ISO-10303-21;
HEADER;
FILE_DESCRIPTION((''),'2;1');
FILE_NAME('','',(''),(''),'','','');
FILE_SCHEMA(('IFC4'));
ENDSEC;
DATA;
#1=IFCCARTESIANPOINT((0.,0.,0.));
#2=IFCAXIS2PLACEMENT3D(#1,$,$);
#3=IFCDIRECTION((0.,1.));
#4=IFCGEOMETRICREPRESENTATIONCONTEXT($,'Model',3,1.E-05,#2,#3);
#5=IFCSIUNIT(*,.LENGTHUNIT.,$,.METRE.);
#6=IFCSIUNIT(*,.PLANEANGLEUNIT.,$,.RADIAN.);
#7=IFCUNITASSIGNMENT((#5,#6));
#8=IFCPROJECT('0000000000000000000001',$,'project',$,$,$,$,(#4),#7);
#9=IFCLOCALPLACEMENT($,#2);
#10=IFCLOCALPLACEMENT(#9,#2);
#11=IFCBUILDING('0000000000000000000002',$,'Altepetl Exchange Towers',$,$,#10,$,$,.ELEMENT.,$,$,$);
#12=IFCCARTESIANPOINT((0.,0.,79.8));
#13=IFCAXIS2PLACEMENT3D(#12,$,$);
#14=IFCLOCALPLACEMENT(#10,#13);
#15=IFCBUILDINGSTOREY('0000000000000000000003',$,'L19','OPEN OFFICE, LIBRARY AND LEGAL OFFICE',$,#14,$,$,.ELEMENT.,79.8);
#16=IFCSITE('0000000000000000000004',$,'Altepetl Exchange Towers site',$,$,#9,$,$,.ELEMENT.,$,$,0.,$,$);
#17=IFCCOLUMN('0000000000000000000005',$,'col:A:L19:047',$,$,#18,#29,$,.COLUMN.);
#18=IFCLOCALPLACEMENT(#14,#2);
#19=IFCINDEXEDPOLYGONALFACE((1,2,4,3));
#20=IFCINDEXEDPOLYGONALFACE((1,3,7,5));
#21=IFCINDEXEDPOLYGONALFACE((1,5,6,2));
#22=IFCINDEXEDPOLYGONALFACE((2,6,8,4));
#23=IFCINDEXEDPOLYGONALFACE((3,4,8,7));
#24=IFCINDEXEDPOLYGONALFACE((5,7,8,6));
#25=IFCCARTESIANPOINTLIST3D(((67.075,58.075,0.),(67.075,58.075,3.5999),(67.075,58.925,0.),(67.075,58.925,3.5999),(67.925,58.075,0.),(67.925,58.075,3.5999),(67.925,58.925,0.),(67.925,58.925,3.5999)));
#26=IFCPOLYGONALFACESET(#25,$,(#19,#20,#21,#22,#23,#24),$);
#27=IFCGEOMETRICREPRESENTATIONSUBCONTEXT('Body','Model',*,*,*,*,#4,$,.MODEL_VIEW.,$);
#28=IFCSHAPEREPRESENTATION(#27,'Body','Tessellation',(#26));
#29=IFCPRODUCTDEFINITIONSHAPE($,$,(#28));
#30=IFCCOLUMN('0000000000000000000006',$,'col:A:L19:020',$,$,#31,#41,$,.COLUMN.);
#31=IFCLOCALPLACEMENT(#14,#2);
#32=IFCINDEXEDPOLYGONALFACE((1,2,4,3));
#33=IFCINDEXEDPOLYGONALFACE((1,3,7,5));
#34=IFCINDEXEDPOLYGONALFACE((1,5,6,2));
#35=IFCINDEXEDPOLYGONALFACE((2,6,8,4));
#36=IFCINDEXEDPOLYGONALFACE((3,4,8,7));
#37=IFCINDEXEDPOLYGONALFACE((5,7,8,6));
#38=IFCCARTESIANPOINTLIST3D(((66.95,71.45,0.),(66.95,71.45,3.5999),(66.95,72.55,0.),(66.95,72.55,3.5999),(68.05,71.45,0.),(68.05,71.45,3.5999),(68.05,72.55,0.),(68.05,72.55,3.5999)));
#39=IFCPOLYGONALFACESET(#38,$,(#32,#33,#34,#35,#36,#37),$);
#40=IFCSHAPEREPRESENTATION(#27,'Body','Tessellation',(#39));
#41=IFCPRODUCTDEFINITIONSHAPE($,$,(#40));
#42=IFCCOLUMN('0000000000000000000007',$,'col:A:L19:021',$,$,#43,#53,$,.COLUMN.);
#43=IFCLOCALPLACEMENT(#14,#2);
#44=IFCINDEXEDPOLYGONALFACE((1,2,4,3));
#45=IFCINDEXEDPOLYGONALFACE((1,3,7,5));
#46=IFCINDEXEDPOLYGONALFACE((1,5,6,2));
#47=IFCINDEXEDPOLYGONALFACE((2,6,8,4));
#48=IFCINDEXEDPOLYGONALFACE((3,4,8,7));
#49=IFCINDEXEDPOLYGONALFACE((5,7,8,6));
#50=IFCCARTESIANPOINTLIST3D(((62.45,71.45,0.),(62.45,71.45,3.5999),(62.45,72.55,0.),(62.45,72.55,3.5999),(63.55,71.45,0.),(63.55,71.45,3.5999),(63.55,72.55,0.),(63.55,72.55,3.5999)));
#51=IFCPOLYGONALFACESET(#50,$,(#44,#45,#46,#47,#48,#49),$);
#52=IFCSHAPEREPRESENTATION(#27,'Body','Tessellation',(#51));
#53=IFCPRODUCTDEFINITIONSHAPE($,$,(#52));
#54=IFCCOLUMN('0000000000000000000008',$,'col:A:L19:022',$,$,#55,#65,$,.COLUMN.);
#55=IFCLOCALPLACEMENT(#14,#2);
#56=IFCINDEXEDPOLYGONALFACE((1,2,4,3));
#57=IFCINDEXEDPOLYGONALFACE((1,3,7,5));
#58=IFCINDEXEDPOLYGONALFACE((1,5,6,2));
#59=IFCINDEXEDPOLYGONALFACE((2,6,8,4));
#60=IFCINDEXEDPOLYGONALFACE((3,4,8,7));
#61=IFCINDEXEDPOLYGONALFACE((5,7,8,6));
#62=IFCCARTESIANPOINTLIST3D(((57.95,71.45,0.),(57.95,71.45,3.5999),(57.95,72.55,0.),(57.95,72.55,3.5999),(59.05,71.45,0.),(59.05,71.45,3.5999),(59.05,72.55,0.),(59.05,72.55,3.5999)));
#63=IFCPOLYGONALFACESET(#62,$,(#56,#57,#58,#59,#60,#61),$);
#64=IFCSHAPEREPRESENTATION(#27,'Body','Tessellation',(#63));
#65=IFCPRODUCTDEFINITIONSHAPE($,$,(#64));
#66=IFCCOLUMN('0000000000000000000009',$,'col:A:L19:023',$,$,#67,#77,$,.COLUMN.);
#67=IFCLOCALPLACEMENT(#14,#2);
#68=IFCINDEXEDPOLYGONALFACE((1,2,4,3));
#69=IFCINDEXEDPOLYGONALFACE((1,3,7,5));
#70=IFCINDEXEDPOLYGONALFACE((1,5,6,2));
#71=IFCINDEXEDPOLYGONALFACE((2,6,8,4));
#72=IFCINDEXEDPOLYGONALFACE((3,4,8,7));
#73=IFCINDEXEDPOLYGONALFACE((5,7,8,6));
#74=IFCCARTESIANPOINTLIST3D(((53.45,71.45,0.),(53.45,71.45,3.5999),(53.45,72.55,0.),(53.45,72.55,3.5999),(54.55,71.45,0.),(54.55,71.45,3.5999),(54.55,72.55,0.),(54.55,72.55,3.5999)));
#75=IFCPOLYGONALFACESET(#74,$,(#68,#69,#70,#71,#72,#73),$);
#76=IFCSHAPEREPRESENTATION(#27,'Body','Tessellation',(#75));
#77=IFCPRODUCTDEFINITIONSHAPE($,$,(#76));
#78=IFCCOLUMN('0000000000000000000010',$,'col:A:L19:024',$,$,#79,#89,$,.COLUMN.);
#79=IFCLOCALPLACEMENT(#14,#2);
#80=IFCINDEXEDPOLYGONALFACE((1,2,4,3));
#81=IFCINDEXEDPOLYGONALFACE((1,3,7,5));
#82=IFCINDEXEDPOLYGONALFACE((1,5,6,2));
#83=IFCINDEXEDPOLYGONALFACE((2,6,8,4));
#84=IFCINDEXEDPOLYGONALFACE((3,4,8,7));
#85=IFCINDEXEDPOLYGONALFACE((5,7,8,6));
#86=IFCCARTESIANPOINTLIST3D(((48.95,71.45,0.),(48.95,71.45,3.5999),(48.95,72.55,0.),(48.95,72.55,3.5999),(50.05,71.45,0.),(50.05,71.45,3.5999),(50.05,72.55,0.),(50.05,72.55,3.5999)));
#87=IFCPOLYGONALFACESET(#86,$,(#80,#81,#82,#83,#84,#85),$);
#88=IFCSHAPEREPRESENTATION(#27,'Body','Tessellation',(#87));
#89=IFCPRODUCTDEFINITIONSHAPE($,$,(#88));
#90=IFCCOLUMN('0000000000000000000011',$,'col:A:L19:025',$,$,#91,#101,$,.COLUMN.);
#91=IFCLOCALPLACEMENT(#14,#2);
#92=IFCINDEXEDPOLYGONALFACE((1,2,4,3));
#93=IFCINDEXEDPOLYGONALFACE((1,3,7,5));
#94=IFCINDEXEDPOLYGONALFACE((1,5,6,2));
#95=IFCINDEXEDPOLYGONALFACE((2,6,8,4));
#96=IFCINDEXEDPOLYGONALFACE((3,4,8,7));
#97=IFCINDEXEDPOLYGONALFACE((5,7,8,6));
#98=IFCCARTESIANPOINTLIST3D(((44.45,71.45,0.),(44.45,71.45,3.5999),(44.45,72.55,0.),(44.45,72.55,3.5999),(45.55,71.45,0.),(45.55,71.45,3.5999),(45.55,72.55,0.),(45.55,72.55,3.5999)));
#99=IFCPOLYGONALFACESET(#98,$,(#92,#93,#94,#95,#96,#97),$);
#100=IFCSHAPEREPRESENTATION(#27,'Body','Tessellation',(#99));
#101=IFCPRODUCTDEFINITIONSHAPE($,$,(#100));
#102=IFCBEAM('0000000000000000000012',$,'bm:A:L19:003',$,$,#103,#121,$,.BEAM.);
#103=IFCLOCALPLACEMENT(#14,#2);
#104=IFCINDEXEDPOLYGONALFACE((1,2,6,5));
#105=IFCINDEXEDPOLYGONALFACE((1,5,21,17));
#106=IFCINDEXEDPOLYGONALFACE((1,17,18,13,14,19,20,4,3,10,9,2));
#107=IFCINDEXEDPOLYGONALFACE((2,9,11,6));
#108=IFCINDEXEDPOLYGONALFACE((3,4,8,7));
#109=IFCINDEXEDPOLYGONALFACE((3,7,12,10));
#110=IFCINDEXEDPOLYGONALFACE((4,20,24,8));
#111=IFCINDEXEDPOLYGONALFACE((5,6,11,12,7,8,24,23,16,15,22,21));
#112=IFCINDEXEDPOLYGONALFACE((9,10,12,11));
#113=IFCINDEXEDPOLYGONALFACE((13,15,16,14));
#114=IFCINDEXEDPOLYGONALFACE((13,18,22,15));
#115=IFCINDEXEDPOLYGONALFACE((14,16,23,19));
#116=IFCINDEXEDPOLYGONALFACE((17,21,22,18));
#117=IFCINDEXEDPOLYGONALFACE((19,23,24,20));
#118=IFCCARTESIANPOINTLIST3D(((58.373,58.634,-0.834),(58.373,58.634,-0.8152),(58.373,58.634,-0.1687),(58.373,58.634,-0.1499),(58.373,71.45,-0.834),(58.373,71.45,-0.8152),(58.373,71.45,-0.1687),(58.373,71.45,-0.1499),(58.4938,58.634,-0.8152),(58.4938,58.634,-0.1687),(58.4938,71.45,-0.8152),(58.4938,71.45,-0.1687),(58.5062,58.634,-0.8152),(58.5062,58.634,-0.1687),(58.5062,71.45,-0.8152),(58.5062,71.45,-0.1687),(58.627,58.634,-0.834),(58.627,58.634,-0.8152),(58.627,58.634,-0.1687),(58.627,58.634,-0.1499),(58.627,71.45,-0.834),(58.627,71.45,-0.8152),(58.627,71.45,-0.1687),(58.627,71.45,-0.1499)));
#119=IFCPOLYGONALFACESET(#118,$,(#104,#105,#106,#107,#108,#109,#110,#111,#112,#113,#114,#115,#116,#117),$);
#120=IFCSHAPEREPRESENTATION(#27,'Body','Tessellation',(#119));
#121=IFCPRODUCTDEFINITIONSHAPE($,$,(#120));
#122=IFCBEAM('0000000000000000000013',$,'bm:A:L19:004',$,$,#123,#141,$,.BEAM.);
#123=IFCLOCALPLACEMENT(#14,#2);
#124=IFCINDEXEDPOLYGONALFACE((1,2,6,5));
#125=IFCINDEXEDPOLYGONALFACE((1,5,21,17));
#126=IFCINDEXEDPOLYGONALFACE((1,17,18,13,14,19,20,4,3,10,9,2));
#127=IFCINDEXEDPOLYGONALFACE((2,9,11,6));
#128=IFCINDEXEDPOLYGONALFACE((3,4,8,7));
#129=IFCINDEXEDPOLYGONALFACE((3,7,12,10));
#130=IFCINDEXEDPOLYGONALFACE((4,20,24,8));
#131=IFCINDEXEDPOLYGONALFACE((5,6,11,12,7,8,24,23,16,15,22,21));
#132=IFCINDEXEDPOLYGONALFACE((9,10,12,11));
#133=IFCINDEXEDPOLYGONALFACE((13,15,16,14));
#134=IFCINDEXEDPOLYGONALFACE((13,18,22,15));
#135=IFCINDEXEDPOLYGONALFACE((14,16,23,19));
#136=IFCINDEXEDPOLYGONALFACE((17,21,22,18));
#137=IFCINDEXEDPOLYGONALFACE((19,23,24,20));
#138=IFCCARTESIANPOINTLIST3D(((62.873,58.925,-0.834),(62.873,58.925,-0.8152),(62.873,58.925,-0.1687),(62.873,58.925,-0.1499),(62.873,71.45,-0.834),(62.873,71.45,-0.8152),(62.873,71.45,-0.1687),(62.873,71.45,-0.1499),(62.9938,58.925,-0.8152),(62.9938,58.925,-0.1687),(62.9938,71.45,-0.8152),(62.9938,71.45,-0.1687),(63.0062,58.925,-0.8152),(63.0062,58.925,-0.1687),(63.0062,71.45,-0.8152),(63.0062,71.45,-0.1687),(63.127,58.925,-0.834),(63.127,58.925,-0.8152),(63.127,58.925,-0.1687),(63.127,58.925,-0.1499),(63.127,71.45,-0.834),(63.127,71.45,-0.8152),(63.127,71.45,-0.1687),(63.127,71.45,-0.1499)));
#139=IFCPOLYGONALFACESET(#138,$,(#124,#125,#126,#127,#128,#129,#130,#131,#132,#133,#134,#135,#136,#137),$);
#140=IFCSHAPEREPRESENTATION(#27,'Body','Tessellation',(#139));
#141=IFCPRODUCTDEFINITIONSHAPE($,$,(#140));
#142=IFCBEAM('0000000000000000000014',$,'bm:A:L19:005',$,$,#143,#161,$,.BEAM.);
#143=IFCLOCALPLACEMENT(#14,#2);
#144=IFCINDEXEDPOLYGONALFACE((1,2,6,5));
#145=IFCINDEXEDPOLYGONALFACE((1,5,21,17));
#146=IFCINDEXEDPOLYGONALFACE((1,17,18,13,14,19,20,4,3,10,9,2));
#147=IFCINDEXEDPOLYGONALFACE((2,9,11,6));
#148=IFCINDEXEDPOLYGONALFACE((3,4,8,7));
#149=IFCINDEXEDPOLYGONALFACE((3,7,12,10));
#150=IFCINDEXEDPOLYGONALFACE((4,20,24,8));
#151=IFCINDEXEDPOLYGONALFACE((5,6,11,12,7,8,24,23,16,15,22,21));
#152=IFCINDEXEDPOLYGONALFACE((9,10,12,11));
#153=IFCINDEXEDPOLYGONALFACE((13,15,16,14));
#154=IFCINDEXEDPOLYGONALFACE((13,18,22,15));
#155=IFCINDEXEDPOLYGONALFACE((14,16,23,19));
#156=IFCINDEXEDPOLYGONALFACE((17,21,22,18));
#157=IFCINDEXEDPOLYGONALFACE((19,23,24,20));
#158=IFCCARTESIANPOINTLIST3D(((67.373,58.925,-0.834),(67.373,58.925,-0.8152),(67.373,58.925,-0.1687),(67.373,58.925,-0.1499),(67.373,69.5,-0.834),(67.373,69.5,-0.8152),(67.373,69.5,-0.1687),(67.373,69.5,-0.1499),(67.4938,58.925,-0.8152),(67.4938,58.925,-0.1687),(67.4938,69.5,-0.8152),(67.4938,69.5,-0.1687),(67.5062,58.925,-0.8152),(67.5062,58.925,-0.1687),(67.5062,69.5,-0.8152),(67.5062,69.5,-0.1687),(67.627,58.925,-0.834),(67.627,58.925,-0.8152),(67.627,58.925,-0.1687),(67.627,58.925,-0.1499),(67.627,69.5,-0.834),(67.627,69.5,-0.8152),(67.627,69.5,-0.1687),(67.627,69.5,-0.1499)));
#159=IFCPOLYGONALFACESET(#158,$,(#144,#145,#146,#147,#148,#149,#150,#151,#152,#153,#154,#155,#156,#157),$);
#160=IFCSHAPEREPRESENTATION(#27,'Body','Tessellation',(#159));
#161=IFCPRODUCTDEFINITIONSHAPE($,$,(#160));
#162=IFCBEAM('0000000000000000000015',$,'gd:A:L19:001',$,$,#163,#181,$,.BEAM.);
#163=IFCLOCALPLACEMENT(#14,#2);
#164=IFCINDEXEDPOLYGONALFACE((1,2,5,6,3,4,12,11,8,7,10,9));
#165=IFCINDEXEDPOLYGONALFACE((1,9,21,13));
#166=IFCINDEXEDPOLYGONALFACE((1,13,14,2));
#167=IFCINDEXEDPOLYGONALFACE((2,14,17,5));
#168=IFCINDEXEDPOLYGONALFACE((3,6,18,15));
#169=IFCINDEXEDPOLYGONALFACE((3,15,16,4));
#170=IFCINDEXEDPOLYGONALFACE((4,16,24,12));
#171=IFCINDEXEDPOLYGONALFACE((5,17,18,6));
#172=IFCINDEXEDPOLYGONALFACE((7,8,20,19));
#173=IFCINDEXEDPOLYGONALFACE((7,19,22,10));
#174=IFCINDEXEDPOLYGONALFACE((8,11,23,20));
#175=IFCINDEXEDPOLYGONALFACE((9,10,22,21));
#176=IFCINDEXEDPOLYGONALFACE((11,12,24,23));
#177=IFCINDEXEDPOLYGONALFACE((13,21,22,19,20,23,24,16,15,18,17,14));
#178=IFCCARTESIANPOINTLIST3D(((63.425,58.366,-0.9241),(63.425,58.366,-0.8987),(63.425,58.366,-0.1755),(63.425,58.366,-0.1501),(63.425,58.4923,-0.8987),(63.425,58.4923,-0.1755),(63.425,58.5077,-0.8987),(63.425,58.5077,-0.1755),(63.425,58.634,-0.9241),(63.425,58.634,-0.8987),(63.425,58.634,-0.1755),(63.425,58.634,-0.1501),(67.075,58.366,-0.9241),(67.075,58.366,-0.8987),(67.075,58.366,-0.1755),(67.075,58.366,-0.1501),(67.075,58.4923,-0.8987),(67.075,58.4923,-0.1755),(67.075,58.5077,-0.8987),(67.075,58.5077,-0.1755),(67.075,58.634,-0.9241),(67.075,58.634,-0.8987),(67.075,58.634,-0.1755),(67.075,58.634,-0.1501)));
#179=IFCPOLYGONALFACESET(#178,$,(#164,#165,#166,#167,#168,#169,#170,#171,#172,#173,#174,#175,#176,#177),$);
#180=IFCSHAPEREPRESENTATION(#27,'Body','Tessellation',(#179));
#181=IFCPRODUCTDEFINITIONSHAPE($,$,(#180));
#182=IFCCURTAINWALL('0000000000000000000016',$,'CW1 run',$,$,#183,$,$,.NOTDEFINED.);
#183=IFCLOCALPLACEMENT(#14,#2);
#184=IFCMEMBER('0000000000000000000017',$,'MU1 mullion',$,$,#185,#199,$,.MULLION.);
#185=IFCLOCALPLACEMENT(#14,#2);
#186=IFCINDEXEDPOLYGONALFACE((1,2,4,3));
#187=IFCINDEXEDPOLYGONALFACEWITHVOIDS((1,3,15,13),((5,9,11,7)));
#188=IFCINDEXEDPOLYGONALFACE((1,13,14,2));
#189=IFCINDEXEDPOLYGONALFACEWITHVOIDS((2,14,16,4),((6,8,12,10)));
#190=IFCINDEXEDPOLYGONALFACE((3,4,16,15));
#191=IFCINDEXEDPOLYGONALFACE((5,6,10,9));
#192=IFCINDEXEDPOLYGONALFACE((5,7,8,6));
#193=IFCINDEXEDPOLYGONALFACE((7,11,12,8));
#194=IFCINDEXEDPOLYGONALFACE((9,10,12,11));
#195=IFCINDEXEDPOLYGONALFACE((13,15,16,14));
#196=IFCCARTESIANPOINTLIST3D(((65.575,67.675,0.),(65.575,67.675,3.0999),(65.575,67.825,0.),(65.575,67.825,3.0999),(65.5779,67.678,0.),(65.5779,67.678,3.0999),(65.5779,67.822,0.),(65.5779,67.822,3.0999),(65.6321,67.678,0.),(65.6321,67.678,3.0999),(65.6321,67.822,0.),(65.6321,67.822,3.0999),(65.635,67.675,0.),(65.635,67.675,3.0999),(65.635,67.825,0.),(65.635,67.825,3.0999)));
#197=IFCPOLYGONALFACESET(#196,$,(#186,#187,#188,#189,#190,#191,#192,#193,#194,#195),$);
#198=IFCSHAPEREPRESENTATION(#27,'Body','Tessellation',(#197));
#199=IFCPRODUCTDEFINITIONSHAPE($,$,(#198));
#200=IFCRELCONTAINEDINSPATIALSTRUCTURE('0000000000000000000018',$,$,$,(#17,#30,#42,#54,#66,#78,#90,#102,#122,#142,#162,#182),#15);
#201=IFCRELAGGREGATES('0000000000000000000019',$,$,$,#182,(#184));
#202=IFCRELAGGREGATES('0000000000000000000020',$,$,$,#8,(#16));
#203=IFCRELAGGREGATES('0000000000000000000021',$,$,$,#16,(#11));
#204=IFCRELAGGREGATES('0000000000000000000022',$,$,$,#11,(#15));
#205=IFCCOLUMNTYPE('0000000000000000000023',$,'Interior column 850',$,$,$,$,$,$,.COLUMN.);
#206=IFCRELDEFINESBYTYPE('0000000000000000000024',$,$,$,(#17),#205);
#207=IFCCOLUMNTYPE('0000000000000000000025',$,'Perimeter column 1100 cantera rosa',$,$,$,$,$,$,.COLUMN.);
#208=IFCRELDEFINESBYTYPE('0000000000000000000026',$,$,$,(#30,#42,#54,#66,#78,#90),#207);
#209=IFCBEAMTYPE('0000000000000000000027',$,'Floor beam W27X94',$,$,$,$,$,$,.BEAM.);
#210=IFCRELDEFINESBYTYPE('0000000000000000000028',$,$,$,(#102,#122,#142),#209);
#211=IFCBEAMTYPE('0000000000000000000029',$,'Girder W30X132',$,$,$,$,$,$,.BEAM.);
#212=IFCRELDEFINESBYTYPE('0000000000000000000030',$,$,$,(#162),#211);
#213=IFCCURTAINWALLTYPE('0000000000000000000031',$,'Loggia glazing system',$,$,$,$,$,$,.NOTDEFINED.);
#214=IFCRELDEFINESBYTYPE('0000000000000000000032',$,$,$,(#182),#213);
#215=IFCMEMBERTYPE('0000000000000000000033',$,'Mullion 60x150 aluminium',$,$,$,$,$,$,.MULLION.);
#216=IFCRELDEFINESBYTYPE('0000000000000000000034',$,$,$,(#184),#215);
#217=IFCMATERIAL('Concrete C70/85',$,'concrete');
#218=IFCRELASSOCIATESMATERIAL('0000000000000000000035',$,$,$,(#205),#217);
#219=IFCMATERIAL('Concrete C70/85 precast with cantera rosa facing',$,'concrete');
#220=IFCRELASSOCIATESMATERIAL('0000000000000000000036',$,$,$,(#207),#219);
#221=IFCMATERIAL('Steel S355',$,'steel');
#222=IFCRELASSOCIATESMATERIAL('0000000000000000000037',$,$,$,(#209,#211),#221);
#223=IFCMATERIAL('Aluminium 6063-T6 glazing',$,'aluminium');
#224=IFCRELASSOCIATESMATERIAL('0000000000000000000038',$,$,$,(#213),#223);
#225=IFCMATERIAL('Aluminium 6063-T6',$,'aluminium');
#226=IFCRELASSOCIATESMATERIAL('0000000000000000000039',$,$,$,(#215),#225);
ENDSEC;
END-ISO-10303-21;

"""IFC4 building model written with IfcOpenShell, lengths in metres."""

from ifc_helpers import new_model, si_unit, direction, frame, origin, origin_2d, place, context, subcontext, project, spatial, rectangle, hollow_rectangle, i_section, extrude, material, material_profile, profile_set, type_object, element, aggregate, save


model = new_model("IFC4")

# Units and contexts
model_context = context("Model", 3, precision=1e-05, world=origin(), true_north=direction((0.0, 1.0)))
body_context = subcontext(model_context, "Body", "Model", "MODEL_VIEW")
ifc_project = project(units=[si_unit("LENGTHUNIT", "METRE"), si_unit("PLANEANGLEUNIT", "RADIAN")], contexts=[model_context])

# Site, building, storey
site_placement = place(None, origin())
site = spatial("IfcSite", under=ifc_project, at=site_placement, Name="Altepetl Exchange Towers site", CompositionType="ELEMENT", RefElevation=0.0)
building_placement = place(site_placement, origin())
building = spatial("IfcBuilding", under=site, at=building_placement, Name="Altepetl Exchange Towers", CompositionType="ELEMENT")
storey_placement = place(building_placement, frame((0.0, 0.0, 79.8)))
storey = spatial("IfcBuildingStorey", under=building, at=storey_placement, Name="L19", Description="OPEN OFFICE, LIBRARY AND LEGAL OFFICE", CompositionType="ELEMENT", Elevation=79.8)

# Columns
ifc_material_1 = material(Name="Concrete C70/85", Category="concrete")
ifc_material_profile_1 = material_profile(ifc_material_1, rectangle(XDim=0.8501, YDim=0.8501, at=origin_2d()), Name="850 x 850")
ifc_profile_set_1 = profile_set([ifc_material_profile_1], Name="Concrete C70/85")
column_type_1 = type_object("IfcColumnType", Name="Interior column 850", PredefinedType="COLUMN", material=ifc_profile_set_1)
column_placement = place(storey_placement, frame((67.5, 58.5, 0.0)))
element("IfcColumn", 1, at=column_placement, inside=storey, type_object=column_type_1, Name="col:A:L19:047", PredefinedType="COLUMN", context=body_context, shape_type="SweptSolid", body=[
    extrude(rectangle(XDim=0.8501, YDim=0.8501, at=origin_2d()), origin(), (0.0, 0.0, 1.0), 3.5999),
])
ifc_material_2 = material(Name="Concrete C70/85 precast with cantera rosa facing", Category="concrete")
ifc_material_profile_2 = material_profile(ifc_material_2, rectangle(XDim=1.1001, YDim=1.1001, at=origin_2d()), Name="1100 x 1100")
ifc_profile_set_2 = profile_set([ifc_material_profile_2], Name="Concrete C70/85 precast with cantera rosa facing")
column_type_2 = type_object("IfcColumnType", Name="Perimeter column 1100 cantera rosa", PredefinedType="COLUMN", material=ifc_profile_set_2)
for number, where, name in (
    (2, (67.5, 72.0, 0.0), "col:A:L19:020"),
    (3, (63.0, 72.0, 0.0), "col:A:L19:021"),
    (4, (58.5, 72.0, 0.0), "col:A:L19:022"),
    (5, (54.0, 72.0, 0.0), "col:A:L19:023"),
    (6, (49.5, 72.0, 0.0), "col:A:L19:024"),
    (7, (45.0, 72.0, 0.0), "col:A:L19:025"),
):
    element("IfcColumn", number, at=place(storey_placement, frame(where)), inside=storey, type_object=column_type_2, Name=name, PredefinedType="COLUMN", context=body_context, shape_type="SweptSolid", body=[
        extrude(rectangle(XDim=1.1001, YDim=1.1001, at=origin_2d()), origin(), (0.0, 0.0, 1.0), 3.5999),
    ])

# Beams
ifc_material_3 = material(Name="Steel S355", Category="steel")
ifc_material_profile_3 = material_profile(ifc_material_3, i_section(OverallWidth=0.2539, OverallDepth=0.6841, WebThickness=0.0125, FlangeThickness=0.0188, at=origin_2d()), Name="W27X94")
ifc_profile_set_3 = profile_set([ifc_material_profile_3], Name="Steel S355")
beam_type_1 = type_object("IfcBeamType", Name="Floor beam W27X94", PredefinedType="BEAM", material=ifc_profile_set_3)
beam_1_placement = place(storey_placement, frame((58.5, 58.634, -0.4919), z_axis=(0.0, 1.0, 0.0), x_axis=(-1.0, 0.0, 0.0)))
element("IfcBeam", 8, at=beam_1_placement, inside=storey, type_object=beam_type_1, Name="bm:A:L19:003", PredefinedType="BEAM", context=body_context, shape_type="SweptSolid", body=[
    extrude(i_section(OverallWidth=0.2539, OverallDepth=0.6841, WebThickness=0.0125, FlangeThickness=0.0188, at=origin_2d()), origin(), (0.0, 0.0, 1.0), 12.8159),
])
beam_2_placement = place(storey_placement, frame((63.0, 58.925, -0.4919), z_axis=(0.0, 1.0, 0.0), x_axis=(-1.0, 0.0, 0.0)))
element("IfcBeam", 9, at=beam_2_placement, inside=storey, type_object=beam_type_1, Name="bm:A:L19:004", PredefinedType="BEAM", context=body_context, shape_type="SweptSolid", body=[
    extrude(i_section(OverallWidth=0.2539, OverallDepth=0.6841, WebThickness=0.0125, FlangeThickness=0.0188, at=origin_2d()), origin(), (0.0, 0.0, 1.0), 12.5249),
])
beam_3_placement = place(storey_placement, frame((67.5, 58.925, -0.4919), z_axis=(0.0, 1.0, 0.0), x_axis=(-1.0, 0.0, 0.0)))
element("IfcBeam", 10, at=beam_3_placement, inside=storey, type_object=beam_type_1, Name="bm:A:L19:005", PredefinedType="BEAM", context=body_context, shape_type="SweptSolid", body=[
    extrude(i_section(OverallWidth=0.2539, OverallDepth=0.6841, WebThickness=0.0125, FlangeThickness=0.0188, at=origin_2d()), origin(), (0.0, 0.0, 1.0), 10.575),
])
ifc_material_profile_4 = material_profile(ifc_material_3, i_section(OverallWidth=0.2681, OverallDepth=0.7739, WebThickness=0.0154, FlangeThickness=0.0254, at=origin_2d()), Name="W30X132")
ifc_profile_set_4 = profile_set([ifc_material_profile_4], Name="Steel S355")
beam_type_2 = type_object("IfcBeamType", Name="Girder W30X132", PredefinedType="BEAM", material=ifc_profile_set_4)
beam_4_placement = place(storey_placement, frame((63.425, 58.5, -0.5371), z_axis=(1.0, 0.0, 0.0), x_axis=(0.0, 1.0, 0.0)))
element("IfcBeam", 11, at=beam_4_placement, inside=storey, type_object=beam_type_2, Name="gd:A:L19:001", PredefinedType="BEAM", context=body_context, shape_type="SweptSolid", body=[
    extrude(i_section(OverallWidth=0.2681, OverallDepth=0.7739, WebThickness=0.0154, FlangeThickness=0.0254, at=origin_2d()), origin(), (0.0, 0.0, 1.0), 3.6499),
])

# Curtain wall, member
ifc_material_4 = material(Name="Aluminium 6063-T6 glazing", Category="aluminium")
curtain_wall_type = type_object("IfcCurtainWallType", Name="Loggia glazing system", PredefinedType="NOTDEFINED", material=ifc_material_4)
curtain_wall_1_placement = place(storey_placement, origin())
curtain_wall_1 = element("IfcCurtainWall", 12, at=curtain_wall_1_placement, inside=storey, type_object=curtain_wall_type, Name="CW1 run", PredefinedType="NOTDEFINED")
ifc_material_5 = material(Name="Aluminium 6063-T6", Category="aluminium")
ifc_material_profile_5 = material_profile(ifc_material_5, hollow_rectangle(XDim=0.0601, YDim=0.1499, WallThickness=0.0029, at=origin_2d()), Name="Mullion 60x150 aluminium")
ifc_profile_set_5 = profile_set([ifc_material_profile_5], Name="Aluminium 6063-T6")
member_type = type_object("IfcMemberType", Name="Mullion 60x150 aluminium", PredefinedType="MULLION", material=ifc_profile_set_5)
member_1_placement = place(storey_placement, frame((65.605, 67.75, 0.0), z_axis=(0.0, 0.0, 1.0), x_axis=(-1.0, 0.0, 0.0)))
member_1 = element("IfcMember", 13, at=member_1_placement, type_object=member_type, Name="MU1 mullion", PredefinedType="MULLION", context=body_context, shape_type="SweptSolid", body=[
    extrude(hollow_rectangle(XDim=0.0601, YDim=0.1499, WallThickness=0.0029, at=origin_2d()), origin(), (0.0, 0.0, 1.0), 3.0999),
])

aggregate(curtain_wall_1, [member_1])

save(model, "model.ifc")
